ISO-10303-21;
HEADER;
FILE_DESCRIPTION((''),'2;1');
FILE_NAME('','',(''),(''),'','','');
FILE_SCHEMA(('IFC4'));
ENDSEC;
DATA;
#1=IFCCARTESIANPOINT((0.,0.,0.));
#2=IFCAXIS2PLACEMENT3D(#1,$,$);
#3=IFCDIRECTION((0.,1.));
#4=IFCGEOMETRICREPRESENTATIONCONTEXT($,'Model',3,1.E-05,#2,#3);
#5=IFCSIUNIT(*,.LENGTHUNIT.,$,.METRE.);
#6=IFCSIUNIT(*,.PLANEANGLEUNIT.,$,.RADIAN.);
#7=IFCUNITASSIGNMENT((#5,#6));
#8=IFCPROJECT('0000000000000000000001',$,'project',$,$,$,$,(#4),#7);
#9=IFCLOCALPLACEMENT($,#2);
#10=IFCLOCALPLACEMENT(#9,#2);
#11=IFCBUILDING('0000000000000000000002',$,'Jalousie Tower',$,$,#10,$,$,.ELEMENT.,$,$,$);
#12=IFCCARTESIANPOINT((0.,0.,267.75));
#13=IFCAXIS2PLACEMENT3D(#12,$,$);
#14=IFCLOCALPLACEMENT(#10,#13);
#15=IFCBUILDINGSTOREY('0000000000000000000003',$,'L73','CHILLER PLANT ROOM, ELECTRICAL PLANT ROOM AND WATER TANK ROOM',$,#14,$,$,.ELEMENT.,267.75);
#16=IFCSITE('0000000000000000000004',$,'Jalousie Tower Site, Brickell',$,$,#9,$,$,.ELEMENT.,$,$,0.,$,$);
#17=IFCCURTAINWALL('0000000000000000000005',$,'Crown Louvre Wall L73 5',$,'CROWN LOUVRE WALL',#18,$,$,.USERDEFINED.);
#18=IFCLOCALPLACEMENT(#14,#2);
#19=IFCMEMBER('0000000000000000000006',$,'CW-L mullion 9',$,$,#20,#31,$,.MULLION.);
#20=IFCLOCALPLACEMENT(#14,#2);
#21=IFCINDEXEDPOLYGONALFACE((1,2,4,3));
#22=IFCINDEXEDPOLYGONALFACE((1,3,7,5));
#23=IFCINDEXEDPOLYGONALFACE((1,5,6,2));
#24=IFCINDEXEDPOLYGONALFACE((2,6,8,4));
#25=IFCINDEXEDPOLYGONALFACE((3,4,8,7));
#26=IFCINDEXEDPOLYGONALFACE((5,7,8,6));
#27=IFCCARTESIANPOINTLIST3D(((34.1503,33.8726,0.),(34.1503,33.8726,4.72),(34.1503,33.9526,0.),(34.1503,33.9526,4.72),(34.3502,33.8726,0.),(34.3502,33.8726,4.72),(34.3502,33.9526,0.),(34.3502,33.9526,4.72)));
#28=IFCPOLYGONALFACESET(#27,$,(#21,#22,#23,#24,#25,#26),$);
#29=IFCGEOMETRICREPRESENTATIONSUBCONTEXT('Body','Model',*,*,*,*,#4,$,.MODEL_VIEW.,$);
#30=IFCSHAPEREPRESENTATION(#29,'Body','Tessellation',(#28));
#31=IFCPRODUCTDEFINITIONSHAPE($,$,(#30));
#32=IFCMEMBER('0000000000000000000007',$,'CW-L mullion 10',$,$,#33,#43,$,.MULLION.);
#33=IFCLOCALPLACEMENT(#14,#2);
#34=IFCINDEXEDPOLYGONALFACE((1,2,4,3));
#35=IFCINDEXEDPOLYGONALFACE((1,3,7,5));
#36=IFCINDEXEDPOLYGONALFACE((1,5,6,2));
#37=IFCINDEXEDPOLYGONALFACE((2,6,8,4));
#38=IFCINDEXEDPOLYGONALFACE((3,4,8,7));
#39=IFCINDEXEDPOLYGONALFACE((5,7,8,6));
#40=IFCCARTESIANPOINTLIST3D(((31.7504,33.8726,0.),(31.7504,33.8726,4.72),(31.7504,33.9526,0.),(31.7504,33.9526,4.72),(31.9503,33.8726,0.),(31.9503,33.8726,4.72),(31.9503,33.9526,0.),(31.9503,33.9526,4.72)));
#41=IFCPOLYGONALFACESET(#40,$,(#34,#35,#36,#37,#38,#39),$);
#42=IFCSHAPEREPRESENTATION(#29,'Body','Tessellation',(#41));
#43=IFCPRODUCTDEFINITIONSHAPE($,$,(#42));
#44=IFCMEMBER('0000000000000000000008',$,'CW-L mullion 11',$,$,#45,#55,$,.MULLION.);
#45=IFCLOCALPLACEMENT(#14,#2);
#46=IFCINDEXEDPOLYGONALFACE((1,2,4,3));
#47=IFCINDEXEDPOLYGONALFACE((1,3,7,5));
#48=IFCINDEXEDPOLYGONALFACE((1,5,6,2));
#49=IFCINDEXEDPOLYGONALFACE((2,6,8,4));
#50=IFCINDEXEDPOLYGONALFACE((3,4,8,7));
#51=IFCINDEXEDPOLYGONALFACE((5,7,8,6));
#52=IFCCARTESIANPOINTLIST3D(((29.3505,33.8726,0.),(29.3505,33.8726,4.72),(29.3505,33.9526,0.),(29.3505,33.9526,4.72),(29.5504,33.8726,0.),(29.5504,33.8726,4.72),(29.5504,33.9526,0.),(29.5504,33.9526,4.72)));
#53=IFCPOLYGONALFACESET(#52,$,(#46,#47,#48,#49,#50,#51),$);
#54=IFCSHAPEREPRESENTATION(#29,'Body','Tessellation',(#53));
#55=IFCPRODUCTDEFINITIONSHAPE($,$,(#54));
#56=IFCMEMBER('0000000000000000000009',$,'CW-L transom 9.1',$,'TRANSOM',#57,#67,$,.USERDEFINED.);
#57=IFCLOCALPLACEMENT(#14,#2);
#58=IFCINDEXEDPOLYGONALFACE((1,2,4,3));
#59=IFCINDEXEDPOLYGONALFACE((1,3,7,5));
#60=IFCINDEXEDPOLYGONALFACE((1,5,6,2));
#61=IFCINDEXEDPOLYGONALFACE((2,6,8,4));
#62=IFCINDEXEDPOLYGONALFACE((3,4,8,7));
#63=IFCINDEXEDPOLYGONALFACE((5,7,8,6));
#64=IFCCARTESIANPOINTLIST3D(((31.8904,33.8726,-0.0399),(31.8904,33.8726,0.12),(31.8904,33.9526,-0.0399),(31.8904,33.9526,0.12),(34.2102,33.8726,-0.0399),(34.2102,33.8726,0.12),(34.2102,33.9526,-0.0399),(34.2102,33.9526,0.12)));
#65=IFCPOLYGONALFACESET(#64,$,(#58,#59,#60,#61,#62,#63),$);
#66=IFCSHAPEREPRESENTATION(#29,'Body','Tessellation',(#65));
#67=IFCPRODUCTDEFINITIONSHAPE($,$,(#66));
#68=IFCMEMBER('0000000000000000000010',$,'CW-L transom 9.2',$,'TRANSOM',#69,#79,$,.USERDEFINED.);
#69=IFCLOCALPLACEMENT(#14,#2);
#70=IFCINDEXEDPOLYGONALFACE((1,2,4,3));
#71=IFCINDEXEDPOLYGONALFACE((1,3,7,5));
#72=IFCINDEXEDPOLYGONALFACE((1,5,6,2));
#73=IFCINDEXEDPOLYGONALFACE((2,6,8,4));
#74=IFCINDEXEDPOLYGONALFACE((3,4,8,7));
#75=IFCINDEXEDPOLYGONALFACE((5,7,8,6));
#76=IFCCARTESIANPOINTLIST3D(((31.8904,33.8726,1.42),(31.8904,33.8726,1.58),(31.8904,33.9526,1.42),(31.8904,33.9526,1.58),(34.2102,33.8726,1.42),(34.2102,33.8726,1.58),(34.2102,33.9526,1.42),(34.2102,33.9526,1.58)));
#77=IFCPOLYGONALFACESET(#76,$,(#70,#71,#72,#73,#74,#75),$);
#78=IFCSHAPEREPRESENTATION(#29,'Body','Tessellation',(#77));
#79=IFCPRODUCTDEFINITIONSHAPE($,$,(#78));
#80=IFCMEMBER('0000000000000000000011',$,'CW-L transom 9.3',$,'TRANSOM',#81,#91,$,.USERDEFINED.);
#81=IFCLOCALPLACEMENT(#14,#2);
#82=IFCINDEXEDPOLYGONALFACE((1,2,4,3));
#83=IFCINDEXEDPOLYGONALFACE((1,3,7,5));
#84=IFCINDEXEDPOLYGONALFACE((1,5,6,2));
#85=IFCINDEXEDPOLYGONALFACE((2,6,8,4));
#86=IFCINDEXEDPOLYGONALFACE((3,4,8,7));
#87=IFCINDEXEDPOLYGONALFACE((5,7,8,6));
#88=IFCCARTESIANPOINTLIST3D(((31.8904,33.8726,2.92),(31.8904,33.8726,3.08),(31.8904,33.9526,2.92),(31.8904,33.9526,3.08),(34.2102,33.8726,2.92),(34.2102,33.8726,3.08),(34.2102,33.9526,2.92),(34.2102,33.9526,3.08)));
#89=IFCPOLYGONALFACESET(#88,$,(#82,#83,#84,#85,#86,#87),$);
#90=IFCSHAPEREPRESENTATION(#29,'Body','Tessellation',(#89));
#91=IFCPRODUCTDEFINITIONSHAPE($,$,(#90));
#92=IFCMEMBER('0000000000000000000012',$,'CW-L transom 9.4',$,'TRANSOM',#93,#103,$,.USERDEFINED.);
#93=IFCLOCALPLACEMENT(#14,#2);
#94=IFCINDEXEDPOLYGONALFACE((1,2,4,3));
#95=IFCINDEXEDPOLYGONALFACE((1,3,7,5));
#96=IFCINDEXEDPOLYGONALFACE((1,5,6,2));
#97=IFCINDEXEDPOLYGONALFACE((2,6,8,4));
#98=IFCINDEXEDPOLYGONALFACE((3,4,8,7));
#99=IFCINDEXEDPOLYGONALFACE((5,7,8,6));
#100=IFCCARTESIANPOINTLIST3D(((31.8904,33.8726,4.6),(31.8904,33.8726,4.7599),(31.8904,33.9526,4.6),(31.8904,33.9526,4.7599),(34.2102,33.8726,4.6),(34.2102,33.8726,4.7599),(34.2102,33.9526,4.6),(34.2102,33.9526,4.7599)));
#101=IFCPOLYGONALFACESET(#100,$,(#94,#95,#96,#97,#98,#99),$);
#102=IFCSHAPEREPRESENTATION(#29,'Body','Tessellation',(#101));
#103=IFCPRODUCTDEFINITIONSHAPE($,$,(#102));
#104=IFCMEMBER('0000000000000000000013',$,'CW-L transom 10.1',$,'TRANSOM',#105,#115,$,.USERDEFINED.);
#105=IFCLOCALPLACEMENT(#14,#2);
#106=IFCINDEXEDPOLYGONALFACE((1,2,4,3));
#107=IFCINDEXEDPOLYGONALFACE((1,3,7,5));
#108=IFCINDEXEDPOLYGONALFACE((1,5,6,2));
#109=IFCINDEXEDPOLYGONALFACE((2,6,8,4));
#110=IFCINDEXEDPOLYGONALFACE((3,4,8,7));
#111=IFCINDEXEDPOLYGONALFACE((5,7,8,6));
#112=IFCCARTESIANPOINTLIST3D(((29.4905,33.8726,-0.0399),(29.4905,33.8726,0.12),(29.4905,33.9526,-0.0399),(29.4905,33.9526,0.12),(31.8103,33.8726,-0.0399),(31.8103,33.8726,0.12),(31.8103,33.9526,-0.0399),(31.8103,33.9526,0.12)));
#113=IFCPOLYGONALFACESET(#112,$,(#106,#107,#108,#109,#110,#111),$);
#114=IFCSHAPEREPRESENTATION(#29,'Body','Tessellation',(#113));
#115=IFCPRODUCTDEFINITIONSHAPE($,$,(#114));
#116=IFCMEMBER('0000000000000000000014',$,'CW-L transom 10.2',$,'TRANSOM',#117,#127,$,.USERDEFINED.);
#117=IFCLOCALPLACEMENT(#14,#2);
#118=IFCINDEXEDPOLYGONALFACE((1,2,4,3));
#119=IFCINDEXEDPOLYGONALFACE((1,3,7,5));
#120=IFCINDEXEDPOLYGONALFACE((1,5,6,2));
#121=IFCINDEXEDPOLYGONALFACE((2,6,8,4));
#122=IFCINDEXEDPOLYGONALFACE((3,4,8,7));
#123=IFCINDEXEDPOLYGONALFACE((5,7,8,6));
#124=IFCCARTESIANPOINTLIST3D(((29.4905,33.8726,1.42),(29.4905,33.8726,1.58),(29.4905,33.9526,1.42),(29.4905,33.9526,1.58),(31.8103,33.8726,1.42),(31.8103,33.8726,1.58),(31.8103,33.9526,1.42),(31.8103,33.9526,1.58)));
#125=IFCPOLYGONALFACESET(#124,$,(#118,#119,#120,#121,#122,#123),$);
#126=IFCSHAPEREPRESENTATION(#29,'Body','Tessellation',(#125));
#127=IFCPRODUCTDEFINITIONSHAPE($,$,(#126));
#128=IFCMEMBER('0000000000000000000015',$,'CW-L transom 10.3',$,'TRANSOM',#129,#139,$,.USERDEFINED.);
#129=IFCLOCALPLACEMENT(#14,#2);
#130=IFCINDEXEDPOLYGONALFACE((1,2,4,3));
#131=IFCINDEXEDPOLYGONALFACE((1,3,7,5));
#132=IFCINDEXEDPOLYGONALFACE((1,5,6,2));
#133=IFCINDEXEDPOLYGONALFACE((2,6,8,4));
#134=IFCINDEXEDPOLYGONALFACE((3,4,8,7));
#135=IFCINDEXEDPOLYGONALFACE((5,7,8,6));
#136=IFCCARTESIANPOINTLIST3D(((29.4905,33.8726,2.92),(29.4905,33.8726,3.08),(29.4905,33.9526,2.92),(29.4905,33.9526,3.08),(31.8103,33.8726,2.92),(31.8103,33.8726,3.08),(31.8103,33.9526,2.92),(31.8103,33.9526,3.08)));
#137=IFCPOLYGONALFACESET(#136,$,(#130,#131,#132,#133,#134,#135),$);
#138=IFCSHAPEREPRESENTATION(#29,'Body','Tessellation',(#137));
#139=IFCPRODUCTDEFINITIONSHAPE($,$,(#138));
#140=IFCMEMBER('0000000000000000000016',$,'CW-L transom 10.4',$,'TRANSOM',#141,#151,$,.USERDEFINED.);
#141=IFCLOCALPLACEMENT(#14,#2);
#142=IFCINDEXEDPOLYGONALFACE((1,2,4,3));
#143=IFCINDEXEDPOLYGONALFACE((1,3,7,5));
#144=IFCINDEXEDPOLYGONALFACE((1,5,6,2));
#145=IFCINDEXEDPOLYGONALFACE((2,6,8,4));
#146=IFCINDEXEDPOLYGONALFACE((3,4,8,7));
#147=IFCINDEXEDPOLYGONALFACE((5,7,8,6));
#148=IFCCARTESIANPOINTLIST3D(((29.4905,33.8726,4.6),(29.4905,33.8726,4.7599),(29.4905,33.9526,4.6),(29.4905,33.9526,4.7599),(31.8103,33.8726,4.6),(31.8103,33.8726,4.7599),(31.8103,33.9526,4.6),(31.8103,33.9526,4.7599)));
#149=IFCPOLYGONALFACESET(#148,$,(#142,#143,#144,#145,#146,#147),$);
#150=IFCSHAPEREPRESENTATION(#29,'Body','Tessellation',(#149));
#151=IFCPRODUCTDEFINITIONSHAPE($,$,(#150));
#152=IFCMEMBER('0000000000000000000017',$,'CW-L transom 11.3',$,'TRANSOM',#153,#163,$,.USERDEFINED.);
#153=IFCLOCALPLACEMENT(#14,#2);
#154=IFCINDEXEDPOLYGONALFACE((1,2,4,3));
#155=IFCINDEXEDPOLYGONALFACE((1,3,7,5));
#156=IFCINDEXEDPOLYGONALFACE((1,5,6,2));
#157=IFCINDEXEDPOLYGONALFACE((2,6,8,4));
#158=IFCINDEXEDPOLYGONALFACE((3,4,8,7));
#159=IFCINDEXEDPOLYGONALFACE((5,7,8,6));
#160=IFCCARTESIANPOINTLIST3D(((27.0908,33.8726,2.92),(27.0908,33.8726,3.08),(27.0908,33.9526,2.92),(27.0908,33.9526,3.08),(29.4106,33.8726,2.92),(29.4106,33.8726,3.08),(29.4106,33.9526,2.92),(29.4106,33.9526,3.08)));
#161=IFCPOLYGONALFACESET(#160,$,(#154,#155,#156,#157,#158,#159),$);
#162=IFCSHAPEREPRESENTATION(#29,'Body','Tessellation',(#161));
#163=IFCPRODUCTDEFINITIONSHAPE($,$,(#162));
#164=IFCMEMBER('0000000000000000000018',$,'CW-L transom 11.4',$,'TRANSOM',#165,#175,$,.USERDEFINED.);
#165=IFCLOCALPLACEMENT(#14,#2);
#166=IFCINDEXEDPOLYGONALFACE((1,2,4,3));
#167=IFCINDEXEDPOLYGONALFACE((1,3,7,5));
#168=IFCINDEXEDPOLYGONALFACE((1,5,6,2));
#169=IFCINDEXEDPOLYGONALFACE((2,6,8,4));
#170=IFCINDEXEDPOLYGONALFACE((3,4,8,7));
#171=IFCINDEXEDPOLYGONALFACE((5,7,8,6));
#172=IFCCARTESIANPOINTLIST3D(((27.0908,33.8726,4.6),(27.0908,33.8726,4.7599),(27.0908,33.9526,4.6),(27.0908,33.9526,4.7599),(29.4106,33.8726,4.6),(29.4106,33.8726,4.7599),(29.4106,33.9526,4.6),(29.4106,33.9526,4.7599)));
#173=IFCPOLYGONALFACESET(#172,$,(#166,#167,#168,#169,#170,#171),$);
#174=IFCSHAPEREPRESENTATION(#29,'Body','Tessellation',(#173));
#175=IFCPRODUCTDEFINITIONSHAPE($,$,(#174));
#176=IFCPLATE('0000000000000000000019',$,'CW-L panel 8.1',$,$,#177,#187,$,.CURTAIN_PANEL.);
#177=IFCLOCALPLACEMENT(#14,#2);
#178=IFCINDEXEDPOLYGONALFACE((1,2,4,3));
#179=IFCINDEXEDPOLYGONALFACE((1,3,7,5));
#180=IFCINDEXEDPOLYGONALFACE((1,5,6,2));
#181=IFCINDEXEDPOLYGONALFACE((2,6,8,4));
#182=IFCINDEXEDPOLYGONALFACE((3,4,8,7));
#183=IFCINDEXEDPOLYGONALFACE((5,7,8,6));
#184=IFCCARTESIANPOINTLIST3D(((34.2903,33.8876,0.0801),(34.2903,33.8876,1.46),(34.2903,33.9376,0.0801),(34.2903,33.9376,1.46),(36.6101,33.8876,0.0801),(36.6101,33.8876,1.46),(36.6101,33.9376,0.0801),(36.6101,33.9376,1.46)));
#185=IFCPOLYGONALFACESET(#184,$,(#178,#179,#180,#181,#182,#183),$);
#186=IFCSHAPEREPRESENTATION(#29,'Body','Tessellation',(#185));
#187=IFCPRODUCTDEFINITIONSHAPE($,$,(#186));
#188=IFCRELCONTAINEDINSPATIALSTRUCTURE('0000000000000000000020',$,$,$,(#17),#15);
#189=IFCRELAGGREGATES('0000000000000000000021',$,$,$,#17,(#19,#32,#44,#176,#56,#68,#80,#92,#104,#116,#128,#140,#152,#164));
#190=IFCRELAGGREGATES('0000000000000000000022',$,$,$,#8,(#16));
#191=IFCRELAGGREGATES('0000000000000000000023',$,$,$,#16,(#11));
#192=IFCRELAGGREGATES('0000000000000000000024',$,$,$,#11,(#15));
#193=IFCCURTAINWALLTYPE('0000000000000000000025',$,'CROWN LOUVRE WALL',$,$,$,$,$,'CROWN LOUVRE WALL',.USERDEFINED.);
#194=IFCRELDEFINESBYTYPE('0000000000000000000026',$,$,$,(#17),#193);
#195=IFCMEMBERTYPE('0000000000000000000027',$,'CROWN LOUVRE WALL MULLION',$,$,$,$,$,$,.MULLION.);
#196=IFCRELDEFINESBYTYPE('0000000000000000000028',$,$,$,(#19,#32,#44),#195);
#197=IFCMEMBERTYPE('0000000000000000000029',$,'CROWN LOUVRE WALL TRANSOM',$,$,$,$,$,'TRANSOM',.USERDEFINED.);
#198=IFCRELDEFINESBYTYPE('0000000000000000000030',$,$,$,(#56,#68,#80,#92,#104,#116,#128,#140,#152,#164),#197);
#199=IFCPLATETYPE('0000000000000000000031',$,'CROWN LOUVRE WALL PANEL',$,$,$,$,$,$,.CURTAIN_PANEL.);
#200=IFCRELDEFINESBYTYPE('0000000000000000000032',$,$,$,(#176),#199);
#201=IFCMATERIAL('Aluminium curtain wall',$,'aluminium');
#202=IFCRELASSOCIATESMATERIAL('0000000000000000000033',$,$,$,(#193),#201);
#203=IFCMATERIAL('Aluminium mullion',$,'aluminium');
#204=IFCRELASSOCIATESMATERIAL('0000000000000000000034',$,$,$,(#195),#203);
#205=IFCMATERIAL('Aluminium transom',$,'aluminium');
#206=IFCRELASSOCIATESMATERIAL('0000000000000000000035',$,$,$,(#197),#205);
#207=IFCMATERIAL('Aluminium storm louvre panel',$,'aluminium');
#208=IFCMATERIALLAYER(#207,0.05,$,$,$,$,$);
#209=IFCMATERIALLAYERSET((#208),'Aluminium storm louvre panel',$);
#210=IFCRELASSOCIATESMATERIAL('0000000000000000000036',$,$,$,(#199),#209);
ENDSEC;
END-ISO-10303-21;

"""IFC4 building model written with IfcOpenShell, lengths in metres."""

from ifc_helpers import new_model, si_unit, direction, frame, origin, origin_2d, place, context, subcontext, project, spatial, rectangle, extrude, material, layer, layer_set, material_profile, profile_set, type_object, element, aggregate, save


model = new_model("IFC4")

# Units and contexts
model_context = context("Model", 3, precision=1e-05, world=origin(), true_north=direction((0.0, 1.0)))
body_context = subcontext(model_context, "Body", "Model", "MODEL_VIEW")
ifc_project = project(units=[si_unit("LENGTHUNIT", "METRE"), si_unit("PLANEANGLEUNIT", "RADIAN")], contexts=[model_context])

# Site, building, storey
site_placement = place(None, origin())
site = spatial("IfcSite", under=ifc_project, at=site_placement, Name="Jalousie Tower Site, Brickell", CompositionType="ELEMENT", RefElevation=0.0)
building_placement = place(site_placement, origin())
building = spatial("IfcBuilding", under=site, at=building_placement, Name="Jalousie Tower", CompositionType="ELEMENT")
storey_placement = place(building_placement, frame((0.0, 0.0, 267.75)))
storey = spatial("IfcBuildingStorey", under=building, at=storey_placement, Name="L73", Description="CHILLER PLANT ROOM, ELECTRICAL PLANT ROOM AND WATER TANK ROOM", CompositionType="ELEMENT", Elevation=267.75)

# Curtain wall, members, plate
ifc_material_1 = material(Name="Aluminium curtain wall", Category="aluminium")
curtain_wall_type = type_object("IfcCurtainWallType", Name="CROWN LOUVRE WALL", ElementType="CROWN LOUVRE WALL", PredefinedType="USERDEFINED", material=ifc_material_1)
curtain_wall_placement = place(storey_placement, origin())
curtain_wall = element("IfcCurtainWall", 1, at=curtain_wall_placement, inside=storey, type_object=curtain_wall_type, Name="Crown Louvre Wall L73 5", ObjectType="CROWN LOUVRE WALL", PredefinedType="USERDEFINED")
ifc_material_2 = material(Name="Aluminium mullion", Category="aluminium")
ifc_material_profile_1 = material_profile(ifc_material_2, rectangle(XDim=0.0801, YDim=0.2, at=origin_2d()), Name="MULLION 80x200")
ifc_profile_set_1 = profile_set([ifc_material_profile_1], Name="Aluminium mullion")
member_type_1 = type_object("IfcMemberType", Name="CROWN LOUVRE WALL MULLION", PredefinedType="MULLION", material=ifc_profile_set_1)
member_1_placement = place(storey_placement, frame((34.2502, 33.9126, 0.0), z_axis=(0.0, 0.0, 1.0), x_axis=(0.0, -1.0, 0.0)))
member_1 = element("IfcMember", 2, at=member_1_placement, type_object=member_type_1, Name="CW-L mullion 9", PredefinedType="MULLION", context=body_context, shape_type="SweptSolid", body=[
    extrude(rectangle(XDim=0.0801, YDim=0.2, at=origin_2d()), origin(), (0.0, 0.0, 1.0), 4.72),
])
member_2_placement = place(storey_placement, frame((31.8503, 33.9126, 0.0), z_axis=(0.0, 0.0, 1.0), x_axis=(0.0, -1.0, 0.0)))
member_2 = element("IfcMember", 3, at=member_2_placement, type_object=member_type_1, Name="CW-L mullion 10", PredefinedType="MULLION", context=body_context, shape_type="SweptSolid", body=[
    extrude(rectangle(XDim=0.0801, YDim=0.2, at=origin_2d()), origin(), (0.0, 0.0, 1.0), 4.72),
])
member_3_placement = place(storey_placement, frame((29.4504, 33.9126, 0.0), z_axis=(0.0, 0.0, 1.0), x_axis=(0.0, -1.0, 0.0)))
member_3 = element("IfcMember", 4, at=member_3_placement, type_object=member_type_1, Name="CW-L mullion 11", PredefinedType="MULLION", context=body_context, shape_type="SweptSolid", body=[
    extrude(rectangle(XDim=0.0801, YDim=0.2, at=origin_2d()), origin(), (0.0, 0.0, 1.0), 4.72),
])
ifc_material_3 = material(Name="Aluminium transom", Category="aluminium")
ifc_material_profile_2 = material_profile(ifc_material_3, rectangle(XDim=0.0801, YDim=0.1599, at=origin_2d()), Name="TRANSOM 80x160")
ifc_profile_set_2 = profile_set([ifc_material_profile_2], Name="Aluminium transom")
member_type_2 = type_object("IfcMemberType", Name="CROWN LOUVRE WALL TRANSOM", ElementType="TRANSOM", PredefinedType="USERDEFINED", material=ifc_profile_set_2)
member_4_placement = place(storey_placement, frame((34.2102, 33.9126, 0.04), z_axis=(-1.0, 0.0, 0.0), x_axis=(0.0, -1.0, 0.0)))
member_4 = element("IfcMember", 5, at=member_4_placement, type_object=member_type_2, Name="CW-L transom 9.1", ObjectType="TRANSOM", PredefinedType="USERDEFINED", context=body_context, shape_type="SweptSolid", body=[
    extrude(rectangle(XDim=0.0801, YDim=0.1599, at=origin_2d()), origin(), (0.0, 0.0, 1.0), 2.3198),
])
member_5_placement = place(storey_placement, frame((34.2102, 33.9126, 1.5), z_axis=(-1.0, 0.0, 0.0), x_axis=(0.0, -1.0, 0.0)))
member_5 = element("IfcMember", 6, at=member_5_placement, type_object=member_type_2, Name="CW-L transom 9.2", ObjectType="TRANSOM", PredefinedType="USERDEFINED", context=body_context, shape_type="SweptSolid", body=[
    extrude(rectangle(XDim=0.0801, YDim=0.1599, at=origin_2d()), origin(), (0.0, 0.0, 1.0), 2.3198),
])
member_6_placement = place(storey_placement, frame((34.2102, 33.9126, 3.0), z_axis=(-1.0, 0.0, 0.0), x_axis=(0.0, -1.0, 0.0)))
member_6 = element("IfcMember", 7, at=member_6_placement, type_object=member_type_2, Name="CW-L transom 9.3", ObjectType="TRANSOM", PredefinedType="USERDEFINED", context=body_context, shape_type="SweptSolid", body=[
    extrude(rectangle(XDim=0.0801, YDim=0.1599, at=origin_2d()), origin(), (0.0, 0.0, 1.0), 2.3198),
])
member_7_placement = place(storey_placement, frame((34.2102, 33.9126, 4.6799), z_axis=(-1.0, 0.0, 0.0), x_axis=(0.0, -1.0, 0.0)))
member_7 = element("IfcMember", 8, at=member_7_placement, type_object=member_type_2, Name="CW-L transom 9.4", ObjectType="TRANSOM", PredefinedType="USERDEFINED", context=body_context, shape_type="SweptSolid", body=[
    extrude(rectangle(XDim=0.0801, YDim=0.1599, at=origin_2d()), origin(), (0.0, 0.0, 1.0), 2.3198),
])
member_8_placement = place(storey_placement, frame((31.8103, 33.9126, 0.04), z_axis=(-1.0, 0.0, 0.0), x_axis=(0.0, -1.0, 0.0)))
member_8 = element("IfcMember", 9, at=member_8_placement, type_object=member_type_2, Name="CW-L transom 10.1", ObjectType="TRANSOM", PredefinedType="USERDEFINED", context=body_context, shape_type="SweptSolid", body=[
    extrude(rectangle(XDim=0.0801, YDim=0.1599, at=origin_2d()), origin(), (0.0, 0.0, 1.0), 2.3198),
])
member_9_placement = place(storey_placement, frame((31.8103, 33.9126, 1.5), z_axis=(-1.0, 0.0, 0.0), x_axis=(0.0, -1.0, 0.0)))
member_9 = element("IfcMember", 10, at=member_9_placement, type_object=member_type_2, Name="CW-L transom 10.2", ObjectType="TRANSOM", PredefinedType="USERDEFINED", context=body_context, shape_type="SweptSolid", body=[
    extrude(rectangle(XDim=0.0801, YDim=0.1599, at=origin_2d()), origin(), (0.0, 0.0, 1.0), 2.3198),
])
member_10_placement = place(storey_placement, frame((31.8103, 33.9126, 3.0), z_axis=(-1.0, 0.0, 0.0), x_axis=(0.0, -1.0, 0.0)))
member_10 = element("IfcMember", 11, at=member_10_placement, type_object=member_type_2, Name="CW-L transom 10.3", ObjectType="TRANSOM", PredefinedType="USERDEFINED", context=body_context, shape_type="SweptSolid", body=[
    extrude(rectangle(XDim=0.0801, YDim=0.1599, at=origin_2d()), origin(), (0.0, 0.0, 1.0), 2.3198),
])
member_11_placement = place(storey_placement, frame((31.8103, 33.9126, 4.6799), z_axis=(-1.0, 0.0, 0.0), x_axis=(0.0, -1.0, 0.0)))
member_11 = element("IfcMember", 12, at=member_11_placement, type_object=member_type_2, Name="CW-L transom 10.4", ObjectType="TRANSOM", PredefinedType="USERDEFINED", context=body_context, shape_type="SweptSolid", body=[
    extrude(rectangle(XDim=0.0801, YDim=0.1599, at=origin_2d()), origin(), (0.0, 0.0, 1.0), 2.3198),
])
member_12_placement = place(storey_placement, frame((29.4106, 33.9126, 3.0), z_axis=(-1.0, 0.0, 0.0), x_axis=(0.0, -1.0, 0.0)))
member_12 = element("IfcMember", 13, at=member_12_placement, type_object=member_type_2, Name="CW-L transom 11.3", ObjectType="TRANSOM", PredefinedType="USERDEFINED", context=body_context, shape_type="SweptSolid", body=[
    extrude(rectangle(XDim=0.0801, YDim=0.1599, at=origin_2d()), origin(), (0.0, 0.0, 1.0), 2.3198),
])
member_13_placement = place(storey_placement, frame((29.4106, 33.9126, 4.6799), z_axis=(-1.0, 0.0, 0.0), x_axis=(0.0, -1.0, 0.0)))
member_13 = element("IfcMember", 14, at=member_13_placement, type_object=member_type_2, Name="CW-L transom 11.4", ObjectType="TRANSOM", PredefinedType="USERDEFINED", context=body_context, shape_type="SweptSolid", body=[
    extrude(rectangle(XDim=0.0801, YDim=0.1599, at=origin_2d()), origin(), (0.0, 0.0, 1.0), 2.3198),
])
ifc_material_4 = material(Name="Aluminium storm louvre panel", Category="aluminium")
ifc_layer = layer(ifc_material_4, 0.05)
ifc_layer_set = layer_set([ifc_layer], Name="Aluminium storm louvre panel")
plate_type = type_object("IfcPlateType", Name="CROWN LOUVRE WALL PANEL", PredefinedType="CURTAIN_PANEL", material=ifc_layer_set)
plate_1_placement = place(storey_placement, frame((35.4502, 33.9126, 0.0801), z_axis=(0.0, 0.0, 1.0), x_axis=(-1.0, 0.0, 0.0)))
plate_1 = element("IfcPlate", 15, at=plate_1_placement, type_object=plate_type, Name="CW-L panel 8.1", PredefinedType="CURTAIN_PANEL", context=body_context, shape_type="SweptSolid", body=[
    extrude(rectangle(XDim=2.3198, YDim=0.05, at=origin_2d()), origin(), (0.0, 0.0, 1.0), 1.3799),
])
aggregate(curtain_wall, [member_1, member_2, member_3, plate_1, member_4, member_5, member_6, member_7, member_8, member_9, member_10, member_11, member_12, member_13])

save(model, "model.ifc")
